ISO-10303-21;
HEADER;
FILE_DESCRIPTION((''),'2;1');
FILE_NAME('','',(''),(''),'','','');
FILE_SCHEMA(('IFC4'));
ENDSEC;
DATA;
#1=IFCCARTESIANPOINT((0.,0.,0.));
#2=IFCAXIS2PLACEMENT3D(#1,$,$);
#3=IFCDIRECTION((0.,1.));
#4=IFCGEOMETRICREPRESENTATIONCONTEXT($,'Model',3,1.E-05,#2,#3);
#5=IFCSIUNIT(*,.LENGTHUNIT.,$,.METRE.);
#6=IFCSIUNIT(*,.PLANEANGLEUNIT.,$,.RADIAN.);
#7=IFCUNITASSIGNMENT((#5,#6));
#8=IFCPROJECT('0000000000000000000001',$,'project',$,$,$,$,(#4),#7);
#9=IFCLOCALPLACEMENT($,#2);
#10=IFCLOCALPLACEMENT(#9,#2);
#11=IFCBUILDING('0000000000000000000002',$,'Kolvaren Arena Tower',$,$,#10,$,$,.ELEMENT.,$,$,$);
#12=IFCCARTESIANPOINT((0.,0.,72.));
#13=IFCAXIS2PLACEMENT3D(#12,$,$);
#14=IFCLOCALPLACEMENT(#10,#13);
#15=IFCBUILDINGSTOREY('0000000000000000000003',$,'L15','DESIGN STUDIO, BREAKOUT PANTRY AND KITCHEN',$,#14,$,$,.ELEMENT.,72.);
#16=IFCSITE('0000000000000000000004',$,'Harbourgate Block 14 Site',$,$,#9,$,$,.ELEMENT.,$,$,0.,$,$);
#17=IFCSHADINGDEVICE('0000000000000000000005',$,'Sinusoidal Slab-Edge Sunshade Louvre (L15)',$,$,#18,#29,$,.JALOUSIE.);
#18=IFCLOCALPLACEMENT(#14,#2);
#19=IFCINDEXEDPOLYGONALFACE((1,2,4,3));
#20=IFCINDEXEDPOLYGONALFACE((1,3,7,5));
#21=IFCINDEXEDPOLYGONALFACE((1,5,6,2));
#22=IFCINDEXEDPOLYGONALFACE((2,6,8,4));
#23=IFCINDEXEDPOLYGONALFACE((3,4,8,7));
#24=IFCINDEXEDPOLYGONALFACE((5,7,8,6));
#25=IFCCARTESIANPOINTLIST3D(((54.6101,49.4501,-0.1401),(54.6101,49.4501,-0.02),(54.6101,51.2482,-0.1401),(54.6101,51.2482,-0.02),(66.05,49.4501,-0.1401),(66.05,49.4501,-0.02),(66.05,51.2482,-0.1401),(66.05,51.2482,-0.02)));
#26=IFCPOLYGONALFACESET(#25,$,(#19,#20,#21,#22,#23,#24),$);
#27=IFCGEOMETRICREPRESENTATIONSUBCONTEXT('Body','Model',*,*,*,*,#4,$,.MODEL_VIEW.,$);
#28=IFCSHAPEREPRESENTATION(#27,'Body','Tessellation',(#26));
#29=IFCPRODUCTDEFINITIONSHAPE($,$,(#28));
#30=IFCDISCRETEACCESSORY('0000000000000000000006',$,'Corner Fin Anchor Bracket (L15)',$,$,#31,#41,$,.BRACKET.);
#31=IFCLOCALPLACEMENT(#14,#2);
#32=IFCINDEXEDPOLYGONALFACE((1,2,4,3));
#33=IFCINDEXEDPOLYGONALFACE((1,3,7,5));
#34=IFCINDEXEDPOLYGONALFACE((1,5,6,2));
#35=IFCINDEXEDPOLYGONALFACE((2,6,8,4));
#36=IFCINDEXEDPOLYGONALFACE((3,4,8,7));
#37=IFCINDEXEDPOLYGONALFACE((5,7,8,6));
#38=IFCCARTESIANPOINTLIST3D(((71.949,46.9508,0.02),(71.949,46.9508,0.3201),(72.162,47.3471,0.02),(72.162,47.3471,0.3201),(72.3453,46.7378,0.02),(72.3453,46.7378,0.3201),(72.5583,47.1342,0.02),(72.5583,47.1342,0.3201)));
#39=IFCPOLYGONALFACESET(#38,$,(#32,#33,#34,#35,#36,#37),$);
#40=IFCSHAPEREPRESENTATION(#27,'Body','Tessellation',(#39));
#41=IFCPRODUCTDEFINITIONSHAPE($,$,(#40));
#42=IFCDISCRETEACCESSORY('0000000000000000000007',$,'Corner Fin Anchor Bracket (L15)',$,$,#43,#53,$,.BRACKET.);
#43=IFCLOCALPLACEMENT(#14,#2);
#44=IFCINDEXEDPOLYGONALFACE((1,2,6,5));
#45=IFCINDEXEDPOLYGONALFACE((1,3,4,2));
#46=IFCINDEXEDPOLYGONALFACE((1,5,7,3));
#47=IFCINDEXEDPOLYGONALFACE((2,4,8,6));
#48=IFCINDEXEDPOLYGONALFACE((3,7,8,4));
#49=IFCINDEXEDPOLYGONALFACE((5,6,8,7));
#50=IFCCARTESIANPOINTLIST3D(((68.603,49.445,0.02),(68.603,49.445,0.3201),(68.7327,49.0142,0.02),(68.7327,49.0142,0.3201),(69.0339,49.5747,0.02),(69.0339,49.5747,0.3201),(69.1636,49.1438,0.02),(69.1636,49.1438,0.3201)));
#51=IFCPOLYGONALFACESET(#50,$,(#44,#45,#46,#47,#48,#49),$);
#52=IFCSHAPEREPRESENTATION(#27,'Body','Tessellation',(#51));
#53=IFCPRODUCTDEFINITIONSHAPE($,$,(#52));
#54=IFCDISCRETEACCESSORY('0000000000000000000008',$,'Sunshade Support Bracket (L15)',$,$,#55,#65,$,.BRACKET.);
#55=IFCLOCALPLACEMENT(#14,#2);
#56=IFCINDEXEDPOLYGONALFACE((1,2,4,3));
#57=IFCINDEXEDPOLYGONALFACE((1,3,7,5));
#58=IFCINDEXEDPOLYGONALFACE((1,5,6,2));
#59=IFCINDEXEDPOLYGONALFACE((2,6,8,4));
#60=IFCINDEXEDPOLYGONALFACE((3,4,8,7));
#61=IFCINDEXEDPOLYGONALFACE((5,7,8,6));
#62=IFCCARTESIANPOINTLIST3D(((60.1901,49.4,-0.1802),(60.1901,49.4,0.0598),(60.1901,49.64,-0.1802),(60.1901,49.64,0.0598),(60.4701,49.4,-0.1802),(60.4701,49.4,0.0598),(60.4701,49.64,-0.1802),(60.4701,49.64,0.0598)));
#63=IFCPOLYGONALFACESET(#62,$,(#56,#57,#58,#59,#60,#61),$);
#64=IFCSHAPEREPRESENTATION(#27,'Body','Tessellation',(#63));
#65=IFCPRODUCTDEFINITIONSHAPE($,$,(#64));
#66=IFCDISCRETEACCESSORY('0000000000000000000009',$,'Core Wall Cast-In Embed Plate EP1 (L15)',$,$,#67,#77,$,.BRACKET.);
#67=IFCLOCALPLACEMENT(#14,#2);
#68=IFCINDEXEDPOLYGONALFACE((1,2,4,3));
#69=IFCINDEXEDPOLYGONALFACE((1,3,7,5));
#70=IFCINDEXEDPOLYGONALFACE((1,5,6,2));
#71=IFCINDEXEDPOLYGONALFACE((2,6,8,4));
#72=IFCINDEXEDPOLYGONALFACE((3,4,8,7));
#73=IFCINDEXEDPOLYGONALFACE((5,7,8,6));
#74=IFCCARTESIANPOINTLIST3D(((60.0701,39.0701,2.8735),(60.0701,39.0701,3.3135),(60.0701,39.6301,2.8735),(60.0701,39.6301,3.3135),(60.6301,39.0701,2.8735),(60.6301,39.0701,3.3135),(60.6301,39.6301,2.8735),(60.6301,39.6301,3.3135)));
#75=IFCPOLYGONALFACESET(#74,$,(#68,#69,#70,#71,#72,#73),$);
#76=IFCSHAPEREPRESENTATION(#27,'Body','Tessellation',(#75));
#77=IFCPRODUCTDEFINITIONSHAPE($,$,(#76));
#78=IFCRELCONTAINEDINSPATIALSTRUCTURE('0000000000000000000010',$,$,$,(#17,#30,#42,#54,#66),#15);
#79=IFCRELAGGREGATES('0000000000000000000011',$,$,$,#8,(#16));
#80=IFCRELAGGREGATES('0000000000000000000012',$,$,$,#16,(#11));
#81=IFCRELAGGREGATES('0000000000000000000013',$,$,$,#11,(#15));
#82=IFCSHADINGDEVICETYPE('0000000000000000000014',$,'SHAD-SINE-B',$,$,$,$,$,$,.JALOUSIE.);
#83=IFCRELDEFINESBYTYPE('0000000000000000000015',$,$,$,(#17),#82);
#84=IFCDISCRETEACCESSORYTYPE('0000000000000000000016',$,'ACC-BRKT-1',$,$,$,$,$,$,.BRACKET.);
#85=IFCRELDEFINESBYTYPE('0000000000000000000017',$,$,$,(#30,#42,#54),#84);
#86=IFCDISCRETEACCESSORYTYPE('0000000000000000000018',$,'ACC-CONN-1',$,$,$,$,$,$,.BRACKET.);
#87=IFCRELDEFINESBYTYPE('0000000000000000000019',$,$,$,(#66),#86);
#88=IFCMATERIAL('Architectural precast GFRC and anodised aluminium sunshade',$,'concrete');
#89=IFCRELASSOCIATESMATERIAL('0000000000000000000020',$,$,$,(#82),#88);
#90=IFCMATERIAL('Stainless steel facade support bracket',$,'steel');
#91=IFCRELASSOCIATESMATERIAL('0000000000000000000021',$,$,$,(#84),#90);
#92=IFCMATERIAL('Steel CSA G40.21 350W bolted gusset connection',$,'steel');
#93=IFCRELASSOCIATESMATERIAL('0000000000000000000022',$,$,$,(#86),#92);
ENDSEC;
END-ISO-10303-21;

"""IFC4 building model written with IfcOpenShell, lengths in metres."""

from ifc_helpers import new_model, si_unit, direction, frame, origin, origin_2d, place, context, subcontext, project, spatial, rectangle, extrude, material, type_object, element, save


model = new_model("IFC4")

# Units and contexts
model_context = context("Model", 3, precision=1e-05, world=origin(), true_north=direction((0.0, 1.0)))
body_context = subcontext(model_context, "Body", "Model", "MODEL_VIEW")
ifc_project = project(units=[si_unit("LENGTHUNIT", "METRE"), si_unit("PLANEANGLEUNIT", "RADIAN")], contexts=[model_context])

# Site, building, storey
site_placement = place(None, origin())
site = spatial("IfcSite", under=ifc_project, at=site_placement, Name="Harbourgate Block 14 Site", CompositionType="ELEMENT", RefElevation=0.0)
building_placement = place(site_placement, origin())
building = spatial("IfcBuilding", under=site, at=building_placement, Name="Kolvaren Arena Tower", CompositionType="ELEMENT")
storey_placement = place(building_placement, frame((0.0, 0.0, 72.0)))
storey = spatial("IfcBuildingStorey", under=building, at=storey_placement, Name="L15", Description="DESIGN STUDIO, BREAKOUT PANTRY AND KITCHEN", CompositionType="ELEMENT", Elevation=72.0)

# Shading device
ifc_material_1 = material(Name="Architectural precast GFRC and anodised aluminium sunshade", Category="concrete")
shading_device_type_1 = type_object("IfcShadingDeviceType", Name="SHAD-SINE-B", PredefinedType="JALOUSIE", material=ifc_material_1)
shading_device_placement = place(storey_placement, frame((60.3301, 50.3491, -0.1401), z_axis=(0.0, 0.0, 1.0), x_axis=(1.0, 0.0, 0.0)))
element("IfcShadingDevice", 1, at=shading_device_placement, inside=storey, type_object=shading_device_type_1, Name="Sinusoidal Slab-Edge Sunshade Louvre (L15)", PredefinedType="JALOUSIE", context=body_context, shape_type="SweptSolid", body=[
    extrude(rectangle(XDim=11.4399, YDim=1.7981, at=origin_2d()), origin(), (0.0, 0.0, 1.0), 0.1201),
])

# Discrete accessories
ifc_material_2 = material(Name="Stainless steel facade support bracket", Category="steel")
discrete_accessory_type_1 = type_object("IfcDiscreteAccessoryType", Name="ACC-BRKT-1", PredefinedType="BRACKET", material=ifc_material_2)
for number, where, z_axis, x_axis, name in (
    (2, (72.2537, 47.0425, 0.02), (0.0, 0.0, 1.0), (0.473349, 0.880875, 0.0), "Corner Fin Anchor Bracket (L15)"),
    (3, (68.8833, 49.2944, 0.02), (0.0, 0.0, 1.0), (-0.288175, 0.957578, 0.0), "Corner Fin Anchor Bracket (L15)"),
):
    element("IfcDiscreteAccessory", number, at=place(storey_placement, frame(where, z_axis=z_axis, x_axis=x_axis)), inside=storey, type_object=discrete_accessory_type_1, Name=name, PredefinedType="BRACKET", context=body_context, shape_type="SweptSolid", body=[
        extrude(rectangle(XDim=0.45, YDim=0.45, at=origin_2d()), origin(), (0.0, 0.0, 1.0), 0.3),
    ])
discrete_accessory_1_placement = place(storey_placement, frame((60.3301, 49.52, -0.1802), z_axis=(0.0, 0.0, 1.0), x_axis=(1.0, 0.0, 0.0)))
element("IfcDiscreteAccessory", 4, at=discrete_accessory_1_placement, inside=storey, type_object=discrete_accessory_type_1, Name="Sunshade Support Bracket (L15)", PredefinedType="BRACKET", context=body_context, shape_type="SweptSolid", body=[
    extrude(rectangle(XDim=0.28, YDim=0.24, at=origin_2d()), origin(), (0.0, 0.0, 1.0), 0.24),
])
ifc_material_3 = material(Name="Steel CSA G40.21 350W bolted gusset connection", Category="steel")
discrete_accessory_type_2 = type_object("IfcDiscreteAccessoryType", Name="ACC-CONN-1", PredefinedType="BRACKET", material=ifc_material_3)
discrete_accessory_2_placement = place(storey_placement, frame((60.3501, 39.3501, 2.8735), z_axis=(0.0, 0.0, 1.0), x_axis=(1.0, 0.0, 0.0)))
element("IfcDiscreteAccessory", 5, at=discrete_accessory_2_placement, inside=storey, type_object=discrete_accessory_type_2, Name="Core Wall Cast-In Embed Plate EP1 (L15)", PredefinedType="BRACKET", context=body_context, shape_type="SweptSolid", body=[
    extrude(rectangle(XDim=0.5601, YDim=0.5601, at=origin_2d()), origin(), (0.0, 0.0, 1.0), 0.4399),
])

save(model, "model.ifc")
